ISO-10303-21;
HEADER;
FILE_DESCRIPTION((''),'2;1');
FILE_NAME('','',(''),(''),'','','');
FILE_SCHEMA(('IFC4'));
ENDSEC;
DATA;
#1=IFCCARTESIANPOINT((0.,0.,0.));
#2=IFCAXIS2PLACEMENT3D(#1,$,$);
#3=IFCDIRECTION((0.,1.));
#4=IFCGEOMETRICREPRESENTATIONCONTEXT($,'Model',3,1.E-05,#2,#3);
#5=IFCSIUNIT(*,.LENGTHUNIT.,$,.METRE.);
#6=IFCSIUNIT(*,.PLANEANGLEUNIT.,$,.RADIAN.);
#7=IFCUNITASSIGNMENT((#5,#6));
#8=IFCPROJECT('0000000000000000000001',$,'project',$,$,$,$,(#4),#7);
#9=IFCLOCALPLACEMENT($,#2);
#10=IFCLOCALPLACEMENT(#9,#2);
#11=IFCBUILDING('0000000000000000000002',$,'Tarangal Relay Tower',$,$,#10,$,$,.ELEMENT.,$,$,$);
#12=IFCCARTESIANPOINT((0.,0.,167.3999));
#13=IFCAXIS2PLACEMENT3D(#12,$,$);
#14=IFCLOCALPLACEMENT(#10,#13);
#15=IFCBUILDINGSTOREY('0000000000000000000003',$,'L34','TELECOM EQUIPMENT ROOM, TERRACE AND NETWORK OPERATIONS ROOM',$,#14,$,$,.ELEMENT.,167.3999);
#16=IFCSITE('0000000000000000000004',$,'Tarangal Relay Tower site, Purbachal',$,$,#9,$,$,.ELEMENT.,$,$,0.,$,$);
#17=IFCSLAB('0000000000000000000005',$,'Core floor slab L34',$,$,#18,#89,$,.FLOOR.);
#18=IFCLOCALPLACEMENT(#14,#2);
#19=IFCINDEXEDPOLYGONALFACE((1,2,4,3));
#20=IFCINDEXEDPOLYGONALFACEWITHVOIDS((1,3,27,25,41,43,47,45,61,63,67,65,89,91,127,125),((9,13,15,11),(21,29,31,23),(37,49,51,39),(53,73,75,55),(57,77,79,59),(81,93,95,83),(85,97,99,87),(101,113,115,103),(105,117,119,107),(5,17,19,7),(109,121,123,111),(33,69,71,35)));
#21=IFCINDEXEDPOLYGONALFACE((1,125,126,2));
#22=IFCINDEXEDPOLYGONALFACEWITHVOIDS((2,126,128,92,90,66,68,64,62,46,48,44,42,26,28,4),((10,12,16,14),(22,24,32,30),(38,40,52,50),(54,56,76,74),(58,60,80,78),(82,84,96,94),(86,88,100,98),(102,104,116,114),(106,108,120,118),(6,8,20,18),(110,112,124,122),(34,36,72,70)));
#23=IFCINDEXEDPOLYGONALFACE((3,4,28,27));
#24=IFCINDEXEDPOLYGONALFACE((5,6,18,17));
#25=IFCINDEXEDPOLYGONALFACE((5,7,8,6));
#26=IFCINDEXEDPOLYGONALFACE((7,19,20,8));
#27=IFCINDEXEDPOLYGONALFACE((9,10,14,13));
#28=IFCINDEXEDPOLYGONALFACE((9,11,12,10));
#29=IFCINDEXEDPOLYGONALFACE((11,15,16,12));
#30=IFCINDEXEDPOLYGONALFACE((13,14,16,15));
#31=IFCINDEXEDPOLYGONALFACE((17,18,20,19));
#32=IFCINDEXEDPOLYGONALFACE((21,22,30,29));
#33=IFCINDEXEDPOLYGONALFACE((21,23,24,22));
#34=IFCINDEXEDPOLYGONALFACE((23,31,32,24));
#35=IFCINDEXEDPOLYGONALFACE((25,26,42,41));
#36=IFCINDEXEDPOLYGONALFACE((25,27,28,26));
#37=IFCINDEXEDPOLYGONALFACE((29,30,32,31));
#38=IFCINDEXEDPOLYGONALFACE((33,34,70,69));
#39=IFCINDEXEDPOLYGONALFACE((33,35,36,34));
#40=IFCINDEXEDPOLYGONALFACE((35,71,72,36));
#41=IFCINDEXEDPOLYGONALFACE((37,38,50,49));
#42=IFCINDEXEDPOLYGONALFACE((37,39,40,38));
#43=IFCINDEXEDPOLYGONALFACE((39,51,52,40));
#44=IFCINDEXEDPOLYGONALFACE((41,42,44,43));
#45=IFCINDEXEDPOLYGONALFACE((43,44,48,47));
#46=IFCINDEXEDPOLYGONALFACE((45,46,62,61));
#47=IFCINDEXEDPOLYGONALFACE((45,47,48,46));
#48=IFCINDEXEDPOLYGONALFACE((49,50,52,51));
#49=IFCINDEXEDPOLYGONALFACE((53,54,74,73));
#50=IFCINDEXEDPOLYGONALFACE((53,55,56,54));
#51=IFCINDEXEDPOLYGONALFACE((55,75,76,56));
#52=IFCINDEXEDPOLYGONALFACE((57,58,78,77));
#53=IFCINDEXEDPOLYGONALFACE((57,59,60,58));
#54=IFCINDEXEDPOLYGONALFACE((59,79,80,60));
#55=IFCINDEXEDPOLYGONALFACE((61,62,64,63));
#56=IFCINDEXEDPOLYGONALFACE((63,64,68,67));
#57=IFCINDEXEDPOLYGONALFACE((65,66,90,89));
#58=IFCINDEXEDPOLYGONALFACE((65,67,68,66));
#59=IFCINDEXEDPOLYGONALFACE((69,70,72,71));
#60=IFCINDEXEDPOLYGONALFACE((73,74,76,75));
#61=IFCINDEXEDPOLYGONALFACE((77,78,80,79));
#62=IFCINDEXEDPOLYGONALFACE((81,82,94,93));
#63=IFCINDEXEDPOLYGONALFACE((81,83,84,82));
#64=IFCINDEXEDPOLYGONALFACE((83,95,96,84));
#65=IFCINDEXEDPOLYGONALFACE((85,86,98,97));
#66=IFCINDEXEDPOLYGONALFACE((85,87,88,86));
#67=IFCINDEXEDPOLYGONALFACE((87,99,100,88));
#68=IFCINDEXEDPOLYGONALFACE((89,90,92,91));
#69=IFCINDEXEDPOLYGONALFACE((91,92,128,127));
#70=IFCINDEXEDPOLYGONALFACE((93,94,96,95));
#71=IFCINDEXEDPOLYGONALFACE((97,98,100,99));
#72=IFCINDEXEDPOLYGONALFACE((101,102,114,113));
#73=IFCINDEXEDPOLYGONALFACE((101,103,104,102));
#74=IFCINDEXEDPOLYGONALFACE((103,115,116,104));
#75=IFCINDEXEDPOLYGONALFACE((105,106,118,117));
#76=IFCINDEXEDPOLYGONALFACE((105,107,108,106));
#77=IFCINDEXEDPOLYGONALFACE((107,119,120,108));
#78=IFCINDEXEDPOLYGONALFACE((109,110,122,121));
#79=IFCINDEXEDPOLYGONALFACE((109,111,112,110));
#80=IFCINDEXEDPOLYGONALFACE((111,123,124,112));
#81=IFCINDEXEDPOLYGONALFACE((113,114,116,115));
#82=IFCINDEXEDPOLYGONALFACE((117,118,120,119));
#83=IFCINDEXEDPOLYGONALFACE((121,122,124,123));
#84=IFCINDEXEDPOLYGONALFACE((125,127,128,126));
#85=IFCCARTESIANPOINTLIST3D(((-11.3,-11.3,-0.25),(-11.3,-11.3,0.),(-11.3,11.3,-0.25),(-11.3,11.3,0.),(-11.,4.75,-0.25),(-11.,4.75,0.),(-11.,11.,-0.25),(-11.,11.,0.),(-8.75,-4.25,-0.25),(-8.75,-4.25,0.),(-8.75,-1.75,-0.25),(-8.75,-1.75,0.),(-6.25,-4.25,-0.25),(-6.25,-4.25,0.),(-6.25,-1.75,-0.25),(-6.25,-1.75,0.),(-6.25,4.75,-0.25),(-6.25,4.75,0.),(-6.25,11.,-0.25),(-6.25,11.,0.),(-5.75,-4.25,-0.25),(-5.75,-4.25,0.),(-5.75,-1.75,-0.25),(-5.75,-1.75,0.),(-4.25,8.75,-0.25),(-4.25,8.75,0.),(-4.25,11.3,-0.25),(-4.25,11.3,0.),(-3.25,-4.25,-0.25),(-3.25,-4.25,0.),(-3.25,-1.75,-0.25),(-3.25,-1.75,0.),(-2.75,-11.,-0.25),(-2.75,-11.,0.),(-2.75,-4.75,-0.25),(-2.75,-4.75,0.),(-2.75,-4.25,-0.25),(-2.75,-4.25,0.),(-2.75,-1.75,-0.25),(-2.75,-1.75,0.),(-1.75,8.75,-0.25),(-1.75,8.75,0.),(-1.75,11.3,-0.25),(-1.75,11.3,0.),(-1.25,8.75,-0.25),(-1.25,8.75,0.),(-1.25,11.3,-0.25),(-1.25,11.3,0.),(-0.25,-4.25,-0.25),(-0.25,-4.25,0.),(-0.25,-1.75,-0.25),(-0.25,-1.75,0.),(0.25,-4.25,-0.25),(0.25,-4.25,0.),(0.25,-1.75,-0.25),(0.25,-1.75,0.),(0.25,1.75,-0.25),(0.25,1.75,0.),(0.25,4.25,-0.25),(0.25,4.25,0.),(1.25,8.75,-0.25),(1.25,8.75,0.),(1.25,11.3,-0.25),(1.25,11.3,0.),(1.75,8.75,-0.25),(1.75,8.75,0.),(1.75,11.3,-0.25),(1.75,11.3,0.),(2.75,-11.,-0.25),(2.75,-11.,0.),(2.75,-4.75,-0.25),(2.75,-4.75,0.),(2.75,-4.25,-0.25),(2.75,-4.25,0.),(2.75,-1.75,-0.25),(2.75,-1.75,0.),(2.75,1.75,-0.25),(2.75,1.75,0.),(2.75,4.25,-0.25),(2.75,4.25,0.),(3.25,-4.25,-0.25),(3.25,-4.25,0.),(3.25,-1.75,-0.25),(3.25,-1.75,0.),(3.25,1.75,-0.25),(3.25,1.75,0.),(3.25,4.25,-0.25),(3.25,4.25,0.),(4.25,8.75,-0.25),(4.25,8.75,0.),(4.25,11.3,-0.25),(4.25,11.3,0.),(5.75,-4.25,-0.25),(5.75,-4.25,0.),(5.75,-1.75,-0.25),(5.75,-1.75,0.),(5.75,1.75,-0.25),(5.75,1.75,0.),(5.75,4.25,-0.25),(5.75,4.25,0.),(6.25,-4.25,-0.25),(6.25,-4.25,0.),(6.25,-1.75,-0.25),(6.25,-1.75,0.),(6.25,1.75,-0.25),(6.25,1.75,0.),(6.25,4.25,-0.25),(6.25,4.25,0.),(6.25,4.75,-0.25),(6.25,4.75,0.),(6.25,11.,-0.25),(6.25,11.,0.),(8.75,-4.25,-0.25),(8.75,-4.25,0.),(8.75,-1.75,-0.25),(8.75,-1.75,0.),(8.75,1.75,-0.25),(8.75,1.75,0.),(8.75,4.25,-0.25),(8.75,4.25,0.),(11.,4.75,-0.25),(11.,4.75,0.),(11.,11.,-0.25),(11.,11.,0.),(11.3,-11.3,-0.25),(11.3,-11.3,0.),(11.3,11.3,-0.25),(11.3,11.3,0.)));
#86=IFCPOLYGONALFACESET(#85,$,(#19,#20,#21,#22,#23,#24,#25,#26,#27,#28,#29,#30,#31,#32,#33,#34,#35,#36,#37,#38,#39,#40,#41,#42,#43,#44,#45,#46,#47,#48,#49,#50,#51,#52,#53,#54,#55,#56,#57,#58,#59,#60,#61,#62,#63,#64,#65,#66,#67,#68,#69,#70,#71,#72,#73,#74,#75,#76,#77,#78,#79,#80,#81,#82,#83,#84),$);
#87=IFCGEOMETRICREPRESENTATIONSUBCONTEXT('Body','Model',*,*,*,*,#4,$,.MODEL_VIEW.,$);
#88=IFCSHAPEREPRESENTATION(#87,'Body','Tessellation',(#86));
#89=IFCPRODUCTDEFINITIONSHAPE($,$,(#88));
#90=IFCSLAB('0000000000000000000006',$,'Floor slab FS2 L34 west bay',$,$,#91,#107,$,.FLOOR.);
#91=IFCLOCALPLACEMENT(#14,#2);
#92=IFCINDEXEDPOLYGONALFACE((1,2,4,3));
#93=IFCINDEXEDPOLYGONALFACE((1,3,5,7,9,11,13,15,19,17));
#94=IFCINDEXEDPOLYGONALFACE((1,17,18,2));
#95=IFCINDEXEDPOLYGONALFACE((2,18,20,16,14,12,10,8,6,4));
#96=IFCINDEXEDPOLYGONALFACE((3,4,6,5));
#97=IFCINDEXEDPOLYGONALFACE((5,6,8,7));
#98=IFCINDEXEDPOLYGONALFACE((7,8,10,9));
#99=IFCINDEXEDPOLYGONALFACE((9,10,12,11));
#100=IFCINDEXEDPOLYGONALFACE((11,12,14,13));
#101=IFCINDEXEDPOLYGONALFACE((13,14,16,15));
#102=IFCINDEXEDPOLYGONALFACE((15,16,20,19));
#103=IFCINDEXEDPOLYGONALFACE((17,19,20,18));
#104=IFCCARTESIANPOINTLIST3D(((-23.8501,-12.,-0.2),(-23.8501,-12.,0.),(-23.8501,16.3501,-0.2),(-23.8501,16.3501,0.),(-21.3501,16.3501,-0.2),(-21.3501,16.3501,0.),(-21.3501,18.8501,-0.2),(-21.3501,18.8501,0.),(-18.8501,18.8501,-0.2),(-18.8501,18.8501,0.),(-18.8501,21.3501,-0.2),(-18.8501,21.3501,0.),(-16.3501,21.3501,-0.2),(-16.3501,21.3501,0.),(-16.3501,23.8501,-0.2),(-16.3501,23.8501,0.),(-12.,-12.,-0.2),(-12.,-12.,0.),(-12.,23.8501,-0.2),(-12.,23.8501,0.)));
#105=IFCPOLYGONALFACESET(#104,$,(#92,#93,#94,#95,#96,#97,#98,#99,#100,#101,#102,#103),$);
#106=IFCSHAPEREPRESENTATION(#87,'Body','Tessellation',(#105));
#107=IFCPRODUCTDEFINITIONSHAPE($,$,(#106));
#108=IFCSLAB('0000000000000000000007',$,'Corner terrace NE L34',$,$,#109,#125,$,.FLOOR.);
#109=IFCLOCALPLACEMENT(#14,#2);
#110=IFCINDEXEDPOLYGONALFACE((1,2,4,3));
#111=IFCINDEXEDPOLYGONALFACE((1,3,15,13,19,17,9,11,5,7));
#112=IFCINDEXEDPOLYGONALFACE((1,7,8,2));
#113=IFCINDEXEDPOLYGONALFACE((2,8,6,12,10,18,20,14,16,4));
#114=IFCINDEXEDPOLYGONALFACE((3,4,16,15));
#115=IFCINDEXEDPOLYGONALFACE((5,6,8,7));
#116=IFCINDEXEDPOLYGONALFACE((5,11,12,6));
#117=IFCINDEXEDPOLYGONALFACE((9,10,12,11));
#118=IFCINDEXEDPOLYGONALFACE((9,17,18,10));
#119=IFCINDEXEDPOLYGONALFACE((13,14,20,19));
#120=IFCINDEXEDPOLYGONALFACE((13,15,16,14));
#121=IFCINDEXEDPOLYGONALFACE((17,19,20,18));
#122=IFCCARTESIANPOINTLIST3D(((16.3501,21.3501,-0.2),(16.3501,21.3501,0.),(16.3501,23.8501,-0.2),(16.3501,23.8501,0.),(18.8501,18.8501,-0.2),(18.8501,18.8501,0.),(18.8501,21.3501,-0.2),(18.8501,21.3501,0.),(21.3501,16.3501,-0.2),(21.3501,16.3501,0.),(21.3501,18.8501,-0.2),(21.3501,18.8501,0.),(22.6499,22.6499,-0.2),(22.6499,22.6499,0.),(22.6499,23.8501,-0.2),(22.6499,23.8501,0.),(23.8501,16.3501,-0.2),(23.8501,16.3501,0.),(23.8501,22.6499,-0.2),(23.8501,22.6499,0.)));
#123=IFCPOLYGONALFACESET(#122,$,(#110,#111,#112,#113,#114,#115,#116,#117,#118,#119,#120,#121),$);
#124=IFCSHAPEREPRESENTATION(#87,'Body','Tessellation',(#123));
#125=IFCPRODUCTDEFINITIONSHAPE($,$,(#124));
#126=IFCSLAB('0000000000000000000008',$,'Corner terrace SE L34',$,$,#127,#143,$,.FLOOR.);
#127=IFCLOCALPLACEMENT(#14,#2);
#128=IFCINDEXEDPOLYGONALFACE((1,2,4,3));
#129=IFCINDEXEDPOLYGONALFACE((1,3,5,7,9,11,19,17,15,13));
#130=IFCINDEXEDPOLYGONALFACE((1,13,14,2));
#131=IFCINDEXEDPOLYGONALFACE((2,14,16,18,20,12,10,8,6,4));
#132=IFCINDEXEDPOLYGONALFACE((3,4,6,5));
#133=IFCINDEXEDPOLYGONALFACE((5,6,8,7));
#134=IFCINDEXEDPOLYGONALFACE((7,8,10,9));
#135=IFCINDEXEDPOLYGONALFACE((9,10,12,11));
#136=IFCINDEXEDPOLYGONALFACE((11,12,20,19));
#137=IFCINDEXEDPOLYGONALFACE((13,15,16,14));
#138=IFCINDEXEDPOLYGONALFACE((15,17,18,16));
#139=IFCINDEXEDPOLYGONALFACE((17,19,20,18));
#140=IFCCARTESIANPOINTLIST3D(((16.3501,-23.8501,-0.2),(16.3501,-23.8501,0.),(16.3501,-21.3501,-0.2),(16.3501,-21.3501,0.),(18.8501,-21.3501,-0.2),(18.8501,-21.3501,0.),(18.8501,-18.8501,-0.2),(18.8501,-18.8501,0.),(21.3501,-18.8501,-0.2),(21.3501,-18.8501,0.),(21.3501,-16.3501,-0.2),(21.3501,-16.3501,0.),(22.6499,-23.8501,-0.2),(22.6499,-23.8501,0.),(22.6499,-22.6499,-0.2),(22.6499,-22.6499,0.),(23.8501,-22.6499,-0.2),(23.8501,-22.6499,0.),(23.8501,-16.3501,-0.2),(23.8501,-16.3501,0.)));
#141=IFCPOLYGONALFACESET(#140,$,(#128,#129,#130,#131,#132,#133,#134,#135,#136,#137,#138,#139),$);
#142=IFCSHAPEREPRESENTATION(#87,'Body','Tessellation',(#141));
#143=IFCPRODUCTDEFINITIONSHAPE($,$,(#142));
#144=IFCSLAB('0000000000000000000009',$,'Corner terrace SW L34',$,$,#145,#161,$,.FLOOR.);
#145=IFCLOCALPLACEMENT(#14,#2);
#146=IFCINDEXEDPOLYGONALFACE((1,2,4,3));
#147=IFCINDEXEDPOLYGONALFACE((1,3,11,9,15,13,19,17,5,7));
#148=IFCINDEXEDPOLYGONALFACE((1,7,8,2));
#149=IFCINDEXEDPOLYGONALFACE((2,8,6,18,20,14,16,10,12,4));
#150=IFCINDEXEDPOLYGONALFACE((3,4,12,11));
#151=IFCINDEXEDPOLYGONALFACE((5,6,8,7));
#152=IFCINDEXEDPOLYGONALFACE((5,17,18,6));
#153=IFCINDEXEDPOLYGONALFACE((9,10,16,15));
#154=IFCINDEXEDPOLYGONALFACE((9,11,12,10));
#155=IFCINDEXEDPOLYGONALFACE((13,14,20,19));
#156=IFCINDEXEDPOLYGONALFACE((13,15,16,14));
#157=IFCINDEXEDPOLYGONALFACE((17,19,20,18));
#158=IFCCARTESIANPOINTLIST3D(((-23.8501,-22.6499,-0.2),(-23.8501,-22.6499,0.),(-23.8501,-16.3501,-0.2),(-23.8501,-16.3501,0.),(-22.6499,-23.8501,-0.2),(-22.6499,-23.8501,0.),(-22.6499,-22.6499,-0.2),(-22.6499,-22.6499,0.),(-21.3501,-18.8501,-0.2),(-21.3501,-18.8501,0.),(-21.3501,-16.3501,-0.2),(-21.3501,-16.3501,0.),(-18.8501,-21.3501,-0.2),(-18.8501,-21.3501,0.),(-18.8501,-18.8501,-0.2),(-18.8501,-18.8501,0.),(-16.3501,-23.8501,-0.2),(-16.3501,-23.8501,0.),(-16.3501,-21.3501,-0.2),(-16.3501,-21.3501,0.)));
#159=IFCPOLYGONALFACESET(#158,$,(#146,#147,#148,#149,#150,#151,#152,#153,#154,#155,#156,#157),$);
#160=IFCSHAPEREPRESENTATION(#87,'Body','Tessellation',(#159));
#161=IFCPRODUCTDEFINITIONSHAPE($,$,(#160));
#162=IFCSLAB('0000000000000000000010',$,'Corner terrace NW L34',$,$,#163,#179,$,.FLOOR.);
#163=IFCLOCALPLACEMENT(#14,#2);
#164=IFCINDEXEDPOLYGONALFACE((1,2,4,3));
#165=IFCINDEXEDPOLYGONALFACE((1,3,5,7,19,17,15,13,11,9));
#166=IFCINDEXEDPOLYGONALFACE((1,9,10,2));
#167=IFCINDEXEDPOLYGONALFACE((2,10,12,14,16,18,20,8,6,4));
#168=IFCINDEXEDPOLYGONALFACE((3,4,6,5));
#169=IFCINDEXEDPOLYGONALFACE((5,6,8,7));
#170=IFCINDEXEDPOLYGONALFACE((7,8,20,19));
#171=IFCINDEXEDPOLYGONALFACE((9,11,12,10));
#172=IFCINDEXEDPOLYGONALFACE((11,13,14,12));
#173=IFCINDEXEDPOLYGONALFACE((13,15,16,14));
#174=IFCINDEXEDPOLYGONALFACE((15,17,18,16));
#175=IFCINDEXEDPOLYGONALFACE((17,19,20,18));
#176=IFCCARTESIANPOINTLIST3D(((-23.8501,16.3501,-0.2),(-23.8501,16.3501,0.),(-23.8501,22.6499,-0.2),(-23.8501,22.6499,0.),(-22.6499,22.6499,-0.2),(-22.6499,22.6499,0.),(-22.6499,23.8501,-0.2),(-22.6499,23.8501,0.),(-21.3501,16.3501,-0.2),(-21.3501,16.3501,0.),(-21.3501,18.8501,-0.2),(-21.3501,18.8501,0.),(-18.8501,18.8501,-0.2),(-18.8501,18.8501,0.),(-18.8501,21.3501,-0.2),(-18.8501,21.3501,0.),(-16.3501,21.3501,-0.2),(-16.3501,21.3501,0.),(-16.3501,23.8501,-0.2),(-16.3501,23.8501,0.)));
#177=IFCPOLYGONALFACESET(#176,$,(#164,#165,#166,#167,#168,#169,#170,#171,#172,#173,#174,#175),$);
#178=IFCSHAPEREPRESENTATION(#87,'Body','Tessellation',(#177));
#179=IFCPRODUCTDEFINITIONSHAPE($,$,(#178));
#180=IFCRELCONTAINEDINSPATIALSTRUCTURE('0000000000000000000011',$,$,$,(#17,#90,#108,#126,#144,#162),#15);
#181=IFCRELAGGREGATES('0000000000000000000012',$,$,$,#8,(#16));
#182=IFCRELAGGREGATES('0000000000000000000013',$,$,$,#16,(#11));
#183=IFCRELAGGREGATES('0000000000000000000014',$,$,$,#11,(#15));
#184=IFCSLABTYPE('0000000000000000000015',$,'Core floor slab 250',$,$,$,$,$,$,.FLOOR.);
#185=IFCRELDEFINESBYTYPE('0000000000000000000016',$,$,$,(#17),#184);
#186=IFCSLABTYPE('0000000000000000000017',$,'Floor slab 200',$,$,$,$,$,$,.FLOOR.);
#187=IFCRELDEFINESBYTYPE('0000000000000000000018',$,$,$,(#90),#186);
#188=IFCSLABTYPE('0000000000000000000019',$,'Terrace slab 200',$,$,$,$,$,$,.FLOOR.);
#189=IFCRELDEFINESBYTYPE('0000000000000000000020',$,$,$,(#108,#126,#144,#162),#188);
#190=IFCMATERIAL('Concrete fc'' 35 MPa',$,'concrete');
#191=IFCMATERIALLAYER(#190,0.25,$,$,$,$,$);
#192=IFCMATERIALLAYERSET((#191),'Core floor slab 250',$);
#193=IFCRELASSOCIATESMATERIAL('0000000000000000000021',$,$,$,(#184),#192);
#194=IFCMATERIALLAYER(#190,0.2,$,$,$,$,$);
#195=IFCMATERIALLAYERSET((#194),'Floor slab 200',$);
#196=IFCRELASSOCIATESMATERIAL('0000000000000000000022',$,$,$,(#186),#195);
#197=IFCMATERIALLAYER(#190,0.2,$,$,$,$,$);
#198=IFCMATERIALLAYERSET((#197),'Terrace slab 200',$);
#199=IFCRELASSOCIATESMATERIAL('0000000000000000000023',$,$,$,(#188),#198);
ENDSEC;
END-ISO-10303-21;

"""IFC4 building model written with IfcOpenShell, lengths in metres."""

from ifc_helpers import new_model, si_unit, direction, frame, origin, place, context, subcontext, project, spatial, polyline, outline, extrude, material, layer, layer_set, type_object, element, save


model = new_model("IFC4")

# Units and contexts
model_context = context("Model", 3, precision=1e-05, world=origin(), true_north=direction((0.0, 1.0)))
body_context = subcontext(model_context, "Body", "Model", "MODEL_VIEW")
ifc_project = project(units=[si_unit("LENGTHUNIT", "METRE"), si_unit("PLANEANGLEUNIT", "RADIAN")], contexts=[model_context])

# Site, building, storey
site_placement = place(None, origin())
site = spatial("IfcSite", under=ifc_project, at=site_placement, Name="Tarangal Relay Tower site, Purbachal", CompositionType="ELEMENT", RefElevation=0.0)
building_placement = place(site_placement, origin())
building = spatial("IfcBuilding", under=site, at=building_placement, Name="Tarangal Relay Tower", CompositionType="ELEMENT")
storey_placement = place(building_placement, frame((0.0, 0.0, 167.3999)))
storey = spatial("IfcBuildingStorey", under=building, at=storey_placement, Name="L34", Description="TELECOM EQUIPMENT ROOM, TERRACE AND NETWORK OPERATIONS ROOM", CompositionType="ELEMENT", Elevation=167.3999)

# Slabs
ifc_material_1 = material(Name="Concrete fc' 35 MPa", Category="concrete")
ifc_layer_1 = layer(ifc_material_1, 0.25)
ifc_layer_set_1 = layer_set([ifc_layer_1], Name="Core floor slab 250")
slab_type_1 = type_object("IfcSlabType", Name="Core floor slab 250", PredefinedType="FLOOR", material=ifc_layer_set_1)
slab_1_placement = place(storey_placement, frame((0.0, 0.0, -0.25)))
element("IfcSlab", 1, at=slab_1_placement, inside=storey, type_object=slab_type_1, Name="Core floor slab L34", PredefinedType="FLOOR", context=body_context, shape_type="SweptSolid", body=[
    extrude(outline(polyline([(11.3, 11.3), (11.3, -11.3), (-11.3, -11.3), (-11.3, 11.3), (-4.25, 11.3), (-4.25, 8.75), (-1.75, 8.75), (-1.75, 11.3), (-1.25, 11.3), (-1.25, 8.75), (1.25, 8.75), (1.25, 11.3), (1.75, 11.3), (1.75, 8.75), (4.25, 8.75), (4.25, 11.3), (11.3, 11.3)]), holes=[polyline([(2.75, -4.75), (-2.75, -4.75), (-2.75, -11.0), (2.75, -11.0), (2.75, -4.75)]), polyline([(-6.25, -4.25), (-6.25, -1.75), (-8.75, -1.75), (-8.75, -4.25), (-6.25, -4.25)]), polyline([(-3.25, -4.25), (-3.25, -1.75), (-5.75, -1.75), (-5.75, -4.25), (-3.25, -4.25)]), polyline([(-0.25, -4.25), (-0.25, -1.75), (-2.75, -1.75), (-2.75, -4.25), (-0.25, -4.25)]), polyline([(2.75, 1.75), (2.75, 4.25), (0.25, 4.25), (0.25, 1.75), (2.75, 1.75)]), polyline([(-6.25, 4.75), (-6.25, 11.0), (-11.0, 11.0), (-11.0, 4.75), (-6.25, 4.75)]), polyline([(2.75, -4.25), (2.75, -1.75), (0.25, -1.75), (0.25, -4.25), (2.75, -4.25)]), polyline([(5.75, -4.25), (5.75, -1.75), (3.25, -1.75), (3.25, -4.25), (5.75, -4.25)]), polyline([(8.75, -4.25), (8.75, -1.75), (6.25, -1.75), (6.25, -4.25), (8.75, -4.25)]), polyline([(5.75, 1.75), (5.75, 4.25), (3.25, 4.25), (3.25, 1.75), (5.75, 1.75)]), polyline([(8.75, 1.75), (8.75, 4.25), (6.25, 4.25), (6.25, 1.75), (8.75, 1.75)]), polyline([(11.0, 4.75), (11.0, 11.0), (6.25, 11.0), (6.25, 4.75), (11.0, 4.75)])]), origin(), (0.0, 0.0, 1.0), 0.25),
])
ifc_layer_2 = layer(ifc_material_1, 0.2)
ifc_layer_set_2 = layer_set([ifc_layer_2], Name="Floor slab 200")
slab_type_2 = type_object("IfcSlabType", Name="Floor slab 200", PredefinedType="FLOOR", material=ifc_layer_set_2)
slab_2_placement = place(storey_placement, frame((0.0, 0.0, -0.2)))
element("IfcSlab", 2, at=slab_2_placement, inside=storey, type_object=slab_type_2, Name="Floor slab FS2 L34 west bay", PredefinedType="FLOOR", context=body_context, shape_type="SweptSolid", body=[
    extrude(outline(polyline([(-12.0, 23.8501), (-12.0, -12.0), (-23.8501, -12.0), (-23.8501, 16.3501), (-21.3501, 16.3501), (-21.3501, 18.8501), (-18.8501, 18.8501), (-18.8501, 21.3501), (-16.3501, 21.3501), (-16.3501, 23.8501), (-12.0, 23.8501)])), origin(), (0.0, 0.0, 1.0), 0.2),
])
ifc_layer_3 = layer(ifc_material_1, 0.2)
ifc_layer_set_3 = layer_set([ifc_layer_3], Name="Terrace slab 200")
slab_type_3 = type_object("IfcSlabType", Name="Terrace slab 200", PredefinedType="FLOOR", material=ifc_layer_set_3)
slab_3_placement = place(storey_placement, frame((0.0, 0.0, -0.2)))
element("IfcSlab", 3, at=slab_3_placement, inside=storey, type_object=slab_type_3, Name="Corner terrace NE L34", PredefinedType="FLOOR", context=body_context, shape_type="SweptSolid", body=[
    extrude(outline(polyline([(16.3501, 23.8501), (16.3501, 21.3501), (18.8501, 21.3501), (18.8501, 18.8501), (21.3501, 18.8501), (21.3501, 16.3501), (23.8501, 16.3501), (23.8501, 22.6499), (22.6499, 22.6499), (22.6499, 23.8501), (16.3501, 23.8501)])), origin(), (0.0, 0.0, 1.0), 0.2),
])
slab_4_placement = place(storey_placement, frame((0.0, 0.0, -0.2)))
element("IfcSlab", 4, at=slab_4_placement, inside=storey, type_object=slab_type_3, Name="Corner terrace SE L34", PredefinedType="FLOOR", context=body_context, shape_type="SweptSolid", body=[
    extrude(outline(polyline([(23.8501, -16.3501), (21.3501, -16.3501), (21.3501, -18.8501), (18.8501, -18.8501), (18.8501, -21.3501), (16.3501, -21.3501), (16.3501, -23.8501), (22.6499, -23.8501), (22.6499, -22.6499), (23.8501, -22.6499), (23.8501, -16.3501)])), origin(), (0.0, 0.0, 1.0), 0.2),
])
slab_5_placement = place(storey_placement, frame((0.0, 0.0, -0.2)))
element("IfcSlab", 5, at=slab_5_placement, inside=storey, type_object=slab_type_3, Name="Corner terrace SW L34", PredefinedType="FLOOR", context=body_context, shape_type="SweptSolid", body=[
    extrude(outline(polyline([(-16.3501, -23.8501), (-16.3501, -21.3501), (-18.8501, -21.3501), (-18.8501, -18.8501), (-21.3501, -18.8501), (-21.3501, -16.3501), (-23.8501, -16.3501), (-23.8501, -22.6499), (-22.6499, -22.6499), (-22.6499, -23.8501), (-16.3501, -23.8501)])), origin(), (0.0, 0.0, 1.0), 0.2),
])
slab_6_placement = place(storey_placement, frame((0.0, 0.0, -0.2)))
element("IfcSlab", 6, at=slab_6_placement, inside=storey, type_object=slab_type_3, Name="Corner terrace NW L34", PredefinedType="FLOOR", context=body_context, shape_type="SweptSolid", body=[
    extrude(outline(polyline([(-23.8501, 16.3501), (-21.3501, 16.3501), (-21.3501, 18.8501), (-18.8501, 18.8501), (-18.8501, 21.3501), (-16.3501, 21.3501), (-16.3501, 23.8501), (-22.6499, 23.8501), (-22.6499, 22.6499), (-23.8501, 22.6499), (-23.8501, 16.3501)])), origin(), (0.0, 0.0, 1.0), 0.2),
])

save(model, "model.ifc")
